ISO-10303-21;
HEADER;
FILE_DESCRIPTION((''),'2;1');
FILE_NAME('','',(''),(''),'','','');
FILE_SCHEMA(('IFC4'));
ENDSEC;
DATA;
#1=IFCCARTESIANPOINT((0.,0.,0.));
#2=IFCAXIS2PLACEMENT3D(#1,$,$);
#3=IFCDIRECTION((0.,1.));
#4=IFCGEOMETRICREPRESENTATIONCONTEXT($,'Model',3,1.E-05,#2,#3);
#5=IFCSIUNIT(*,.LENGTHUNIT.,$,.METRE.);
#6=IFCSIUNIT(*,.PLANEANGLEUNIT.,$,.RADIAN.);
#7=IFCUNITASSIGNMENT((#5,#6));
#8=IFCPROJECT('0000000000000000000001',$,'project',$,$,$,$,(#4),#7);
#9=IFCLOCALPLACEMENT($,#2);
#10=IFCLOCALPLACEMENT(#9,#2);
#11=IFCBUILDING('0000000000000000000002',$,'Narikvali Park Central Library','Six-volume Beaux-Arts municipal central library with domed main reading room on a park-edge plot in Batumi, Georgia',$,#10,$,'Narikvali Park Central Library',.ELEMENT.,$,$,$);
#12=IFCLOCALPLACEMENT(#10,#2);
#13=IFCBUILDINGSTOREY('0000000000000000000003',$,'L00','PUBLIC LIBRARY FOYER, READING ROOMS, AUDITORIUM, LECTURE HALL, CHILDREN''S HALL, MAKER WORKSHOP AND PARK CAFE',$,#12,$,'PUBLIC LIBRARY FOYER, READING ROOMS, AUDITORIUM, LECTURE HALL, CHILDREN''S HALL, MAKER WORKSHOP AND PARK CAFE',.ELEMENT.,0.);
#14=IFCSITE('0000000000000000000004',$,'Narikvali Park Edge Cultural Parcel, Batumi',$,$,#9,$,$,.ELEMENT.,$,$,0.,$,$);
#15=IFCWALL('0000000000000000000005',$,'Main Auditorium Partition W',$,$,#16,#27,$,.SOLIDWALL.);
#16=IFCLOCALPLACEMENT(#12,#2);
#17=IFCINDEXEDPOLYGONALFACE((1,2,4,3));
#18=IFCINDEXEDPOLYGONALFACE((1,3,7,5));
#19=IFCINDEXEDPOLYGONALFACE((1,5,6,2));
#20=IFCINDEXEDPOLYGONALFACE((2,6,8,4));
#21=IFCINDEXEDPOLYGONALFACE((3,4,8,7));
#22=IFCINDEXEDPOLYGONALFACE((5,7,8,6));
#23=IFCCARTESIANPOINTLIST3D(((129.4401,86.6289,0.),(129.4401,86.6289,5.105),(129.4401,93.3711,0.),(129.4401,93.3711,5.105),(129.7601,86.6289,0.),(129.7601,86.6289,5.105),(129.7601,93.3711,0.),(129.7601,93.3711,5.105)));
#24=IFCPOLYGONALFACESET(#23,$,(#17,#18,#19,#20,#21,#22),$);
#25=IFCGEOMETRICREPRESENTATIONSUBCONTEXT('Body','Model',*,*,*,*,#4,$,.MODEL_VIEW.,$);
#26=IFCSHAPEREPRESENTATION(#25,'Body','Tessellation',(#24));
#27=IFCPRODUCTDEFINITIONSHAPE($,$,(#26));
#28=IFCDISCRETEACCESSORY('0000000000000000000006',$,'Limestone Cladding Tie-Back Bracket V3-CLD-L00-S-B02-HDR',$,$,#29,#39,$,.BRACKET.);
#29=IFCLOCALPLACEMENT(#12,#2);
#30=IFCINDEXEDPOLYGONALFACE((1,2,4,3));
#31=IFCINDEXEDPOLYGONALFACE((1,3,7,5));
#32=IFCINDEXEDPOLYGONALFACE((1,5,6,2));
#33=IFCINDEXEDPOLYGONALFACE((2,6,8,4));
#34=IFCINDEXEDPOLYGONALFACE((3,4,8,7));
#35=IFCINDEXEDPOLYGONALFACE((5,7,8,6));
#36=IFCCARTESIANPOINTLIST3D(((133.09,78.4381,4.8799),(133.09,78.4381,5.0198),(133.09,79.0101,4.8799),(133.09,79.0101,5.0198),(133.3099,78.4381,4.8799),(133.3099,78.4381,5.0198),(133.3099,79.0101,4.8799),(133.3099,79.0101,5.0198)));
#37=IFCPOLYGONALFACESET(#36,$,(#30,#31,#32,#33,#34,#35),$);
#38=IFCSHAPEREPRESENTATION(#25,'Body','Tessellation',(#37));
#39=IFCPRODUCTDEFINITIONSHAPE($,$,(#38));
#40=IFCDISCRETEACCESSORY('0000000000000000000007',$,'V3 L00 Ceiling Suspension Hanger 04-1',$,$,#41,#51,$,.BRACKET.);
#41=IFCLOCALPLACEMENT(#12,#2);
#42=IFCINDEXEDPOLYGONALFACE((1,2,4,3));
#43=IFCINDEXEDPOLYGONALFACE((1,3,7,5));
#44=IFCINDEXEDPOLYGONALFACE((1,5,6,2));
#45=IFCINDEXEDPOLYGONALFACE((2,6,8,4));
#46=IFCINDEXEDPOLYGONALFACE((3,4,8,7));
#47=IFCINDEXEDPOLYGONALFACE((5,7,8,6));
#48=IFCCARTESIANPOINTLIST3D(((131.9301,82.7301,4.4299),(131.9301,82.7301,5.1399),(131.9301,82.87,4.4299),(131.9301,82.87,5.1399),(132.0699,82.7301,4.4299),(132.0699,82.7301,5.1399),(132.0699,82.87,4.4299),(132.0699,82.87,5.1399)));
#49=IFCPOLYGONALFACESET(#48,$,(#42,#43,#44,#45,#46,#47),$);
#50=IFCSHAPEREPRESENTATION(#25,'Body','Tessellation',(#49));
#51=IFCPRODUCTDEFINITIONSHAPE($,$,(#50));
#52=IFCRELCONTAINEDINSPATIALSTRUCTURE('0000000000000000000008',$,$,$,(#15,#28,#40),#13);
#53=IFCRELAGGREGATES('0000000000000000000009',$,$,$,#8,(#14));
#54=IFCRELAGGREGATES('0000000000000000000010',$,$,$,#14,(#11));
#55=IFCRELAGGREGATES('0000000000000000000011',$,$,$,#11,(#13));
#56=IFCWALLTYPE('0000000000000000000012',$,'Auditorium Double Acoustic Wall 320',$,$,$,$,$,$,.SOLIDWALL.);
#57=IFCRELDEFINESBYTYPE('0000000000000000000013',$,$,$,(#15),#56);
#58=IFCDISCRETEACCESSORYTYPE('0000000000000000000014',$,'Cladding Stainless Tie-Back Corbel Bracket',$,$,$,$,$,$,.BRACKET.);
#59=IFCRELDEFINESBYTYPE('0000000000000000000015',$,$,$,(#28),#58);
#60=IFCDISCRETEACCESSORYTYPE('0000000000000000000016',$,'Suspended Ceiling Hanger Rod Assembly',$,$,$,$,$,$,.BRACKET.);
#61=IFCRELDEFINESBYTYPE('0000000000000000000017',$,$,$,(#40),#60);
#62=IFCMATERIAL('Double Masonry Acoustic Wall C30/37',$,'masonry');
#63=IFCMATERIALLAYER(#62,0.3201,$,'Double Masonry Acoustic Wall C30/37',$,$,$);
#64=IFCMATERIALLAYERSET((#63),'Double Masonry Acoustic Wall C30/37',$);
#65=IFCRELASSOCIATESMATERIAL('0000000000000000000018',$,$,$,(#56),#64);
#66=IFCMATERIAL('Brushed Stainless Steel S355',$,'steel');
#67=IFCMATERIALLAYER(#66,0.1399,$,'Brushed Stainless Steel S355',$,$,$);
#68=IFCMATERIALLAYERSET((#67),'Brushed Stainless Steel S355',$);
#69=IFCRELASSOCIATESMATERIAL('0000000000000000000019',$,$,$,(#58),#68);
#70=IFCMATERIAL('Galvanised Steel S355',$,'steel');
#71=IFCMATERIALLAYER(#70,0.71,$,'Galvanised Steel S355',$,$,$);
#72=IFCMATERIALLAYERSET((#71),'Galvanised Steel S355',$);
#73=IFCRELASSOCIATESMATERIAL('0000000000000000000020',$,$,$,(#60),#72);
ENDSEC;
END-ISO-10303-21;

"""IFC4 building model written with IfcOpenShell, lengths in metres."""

from ifc_helpers import new_model, si_unit, direction, frame, frame_2d, origin, origin_2d, place, context, subcontext, project, spatial, rectangle, extrude, material, layer, layer_set, type_object, element, save


model = new_model("IFC4")

# Units and contexts
model_context = context("Model", 3, precision=1e-05, world=origin(), true_north=direction((0.0, 1.0)))
body_context = subcontext(model_context, "Body", "Model", "MODEL_VIEW")
ifc_project = project(units=[si_unit("LENGTHUNIT", "METRE"), si_unit("PLANEANGLEUNIT", "RADIAN")], contexts=[model_context])

# Site, building, storey
site_placement = place(None, origin())
site = spatial("IfcSite", under=ifc_project, at=site_placement, Name="Narikvali Park Edge Cultural Parcel, Batumi", CompositionType="ELEMENT", RefElevation=0.0)
building_placement = place(site_placement, origin())
building = spatial("IfcBuilding", under=site, at=building_placement, Name="Narikvali Park Central Library", Description="Six-volume Beaux-Arts municipal central library with domed main reading room on a park-edge plot in Batumi, Georgia", LongName="Narikvali Park Central Library", CompositionType="ELEMENT")
storey_placement = place(building_placement, origin())
storey = spatial("IfcBuildingStorey", under=building, at=storey_placement, Name="L00", Description="PUBLIC LIBRARY FOYER, READING ROOMS, AUDITORIUM, LECTURE HALL, CHILDREN'S HALL, MAKER WORKSHOP AND PARK CAFE", LongName="PUBLIC LIBRARY FOYER, READING ROOMS, AUDITORIUM, LECTURE HALL, CHILDREN'S HALL, MAKER WORKSHOP AND PARK CAFE", CompositionType="ELEMENT", Elevation=0.0)

# Shared definitions
ifc_material_1 = material(Name="Double Masonry Acoustic Wall C30/37", Category="masonry")
ifc_layer_1 = layer(ifc_material_1, 0.3201, Name="Double Masonry Acoustic Wall C30/37")
ifc_layer_set_1 = layer_set([ifc_layer_1], Name="Double Masonry Acoustic Wall C30/37")
wall_type = type_object("IfcWallType", Name="Auditorium Double Acoustic Wall 320", PredefinedType="SOLIDWALL", material=ifc_layer_set_1)

# Wall
wall_1_placement = place(storey_placement, frame((129.6001, 86.6289, 0.0), z_axis=(0.0, 0.0, 1.0), x_axis=(0.0, 1.0, 0.0)))
element("IfcWall", 1, at=wall_1_placement, inside=storey, type_object=wall_type, Name="Main Auditorium Partition W", PredefinedType="SOLIDWALL", context=body_context, shape_type="SweptSolid", body=[
    extrude(rectangle(XDim=6.7422, YDim=0.3201, at=frame_2d((3.3711, 0.0))), origin(), (0.0, 0.0, 1.0), 5.105),
])

# Discrete accessories
ifc_material_2 = material(Name="Brushed Stainless Steel S355", Category="steel")
ifc_layer_2 = layer(ifc_material_2, 0.1399, Name="Brushed Stainless Steel S355")
ifc_layer_set_2 = layer_set([ifc_layer_2], Name="Brushed Stainless Steel S355")
discrete_accessory_type_1 = type_object("IfcDiscreteAccessoryType", Name="Cladding Stainless Tie-Back Corbel Bracket", PredefinedType="BRACKET", material=ifc_layer_set_2)
discrete_accessory_1_placement = place(storey_placement, frame((133.2, 78.7241, 4.8799), z_axis=(0.0, 0.0, 1.0), x_axis=(1.0, 0.0, 0.0)))
element("IfcDiscreteAccessory", 2, at=discrete_accessory_1_placement, inside=storey, type_object=discrete_accessory_type_1, Name="Limestone Cladding Tie-Back Bracket V3-CLD-L00-S-B02-HDR", PredefinedType="BRACKET", context=body_context, shape_type="SweptSolid", body=[
    extrude(rectangle(XDim=0.22, YDim=0.572, at=origin_2d()), origin(), (0.0, 0.0, 1.0), 0.1399),
])
ifc_material_3 = material(Name="Galvanised Steel S355", Category="steel")
ifc_layer_3 = layer(ifc_material_3, 0.71, Name="Galvanised Steel S355")
ifc_layer_set_3 = layer_set([ifc_layer_3], Name="Galvanised Steel S355")
discrete_accessory_type_2 = type_object("IfcDiscreteAccessoryType", Name="Suspended Ceiling Hanger Rod Assembly", PredefinedType="BRACKET", material=ifc_layer_set_3)
discrete_accessory_2_placement = place(storey_placement, frame((132.0, 82.8, 4.4299), z_axis=(0.0, 0.0, 1.0), x_axis=(1.0, 0.0, 0.0)))
element("IfcDiscreteAccessory", 3, at=discrete_accessory_2_placement, inside=storey, type_object=discrete_accessory_type_2, Name="V3 L00 Ceiling Suspension Hanger 04-1", PredefinedType="BRACKET", context=body_context, shape_type="SweptSolid", body=[
    extrude(rectangle(XDim=0.1399, YDim=0.1399, at=origin_2d()), origin(), (0.0, 0.0, 1.0), 0.71),
])

save(model, "model.ifc")
